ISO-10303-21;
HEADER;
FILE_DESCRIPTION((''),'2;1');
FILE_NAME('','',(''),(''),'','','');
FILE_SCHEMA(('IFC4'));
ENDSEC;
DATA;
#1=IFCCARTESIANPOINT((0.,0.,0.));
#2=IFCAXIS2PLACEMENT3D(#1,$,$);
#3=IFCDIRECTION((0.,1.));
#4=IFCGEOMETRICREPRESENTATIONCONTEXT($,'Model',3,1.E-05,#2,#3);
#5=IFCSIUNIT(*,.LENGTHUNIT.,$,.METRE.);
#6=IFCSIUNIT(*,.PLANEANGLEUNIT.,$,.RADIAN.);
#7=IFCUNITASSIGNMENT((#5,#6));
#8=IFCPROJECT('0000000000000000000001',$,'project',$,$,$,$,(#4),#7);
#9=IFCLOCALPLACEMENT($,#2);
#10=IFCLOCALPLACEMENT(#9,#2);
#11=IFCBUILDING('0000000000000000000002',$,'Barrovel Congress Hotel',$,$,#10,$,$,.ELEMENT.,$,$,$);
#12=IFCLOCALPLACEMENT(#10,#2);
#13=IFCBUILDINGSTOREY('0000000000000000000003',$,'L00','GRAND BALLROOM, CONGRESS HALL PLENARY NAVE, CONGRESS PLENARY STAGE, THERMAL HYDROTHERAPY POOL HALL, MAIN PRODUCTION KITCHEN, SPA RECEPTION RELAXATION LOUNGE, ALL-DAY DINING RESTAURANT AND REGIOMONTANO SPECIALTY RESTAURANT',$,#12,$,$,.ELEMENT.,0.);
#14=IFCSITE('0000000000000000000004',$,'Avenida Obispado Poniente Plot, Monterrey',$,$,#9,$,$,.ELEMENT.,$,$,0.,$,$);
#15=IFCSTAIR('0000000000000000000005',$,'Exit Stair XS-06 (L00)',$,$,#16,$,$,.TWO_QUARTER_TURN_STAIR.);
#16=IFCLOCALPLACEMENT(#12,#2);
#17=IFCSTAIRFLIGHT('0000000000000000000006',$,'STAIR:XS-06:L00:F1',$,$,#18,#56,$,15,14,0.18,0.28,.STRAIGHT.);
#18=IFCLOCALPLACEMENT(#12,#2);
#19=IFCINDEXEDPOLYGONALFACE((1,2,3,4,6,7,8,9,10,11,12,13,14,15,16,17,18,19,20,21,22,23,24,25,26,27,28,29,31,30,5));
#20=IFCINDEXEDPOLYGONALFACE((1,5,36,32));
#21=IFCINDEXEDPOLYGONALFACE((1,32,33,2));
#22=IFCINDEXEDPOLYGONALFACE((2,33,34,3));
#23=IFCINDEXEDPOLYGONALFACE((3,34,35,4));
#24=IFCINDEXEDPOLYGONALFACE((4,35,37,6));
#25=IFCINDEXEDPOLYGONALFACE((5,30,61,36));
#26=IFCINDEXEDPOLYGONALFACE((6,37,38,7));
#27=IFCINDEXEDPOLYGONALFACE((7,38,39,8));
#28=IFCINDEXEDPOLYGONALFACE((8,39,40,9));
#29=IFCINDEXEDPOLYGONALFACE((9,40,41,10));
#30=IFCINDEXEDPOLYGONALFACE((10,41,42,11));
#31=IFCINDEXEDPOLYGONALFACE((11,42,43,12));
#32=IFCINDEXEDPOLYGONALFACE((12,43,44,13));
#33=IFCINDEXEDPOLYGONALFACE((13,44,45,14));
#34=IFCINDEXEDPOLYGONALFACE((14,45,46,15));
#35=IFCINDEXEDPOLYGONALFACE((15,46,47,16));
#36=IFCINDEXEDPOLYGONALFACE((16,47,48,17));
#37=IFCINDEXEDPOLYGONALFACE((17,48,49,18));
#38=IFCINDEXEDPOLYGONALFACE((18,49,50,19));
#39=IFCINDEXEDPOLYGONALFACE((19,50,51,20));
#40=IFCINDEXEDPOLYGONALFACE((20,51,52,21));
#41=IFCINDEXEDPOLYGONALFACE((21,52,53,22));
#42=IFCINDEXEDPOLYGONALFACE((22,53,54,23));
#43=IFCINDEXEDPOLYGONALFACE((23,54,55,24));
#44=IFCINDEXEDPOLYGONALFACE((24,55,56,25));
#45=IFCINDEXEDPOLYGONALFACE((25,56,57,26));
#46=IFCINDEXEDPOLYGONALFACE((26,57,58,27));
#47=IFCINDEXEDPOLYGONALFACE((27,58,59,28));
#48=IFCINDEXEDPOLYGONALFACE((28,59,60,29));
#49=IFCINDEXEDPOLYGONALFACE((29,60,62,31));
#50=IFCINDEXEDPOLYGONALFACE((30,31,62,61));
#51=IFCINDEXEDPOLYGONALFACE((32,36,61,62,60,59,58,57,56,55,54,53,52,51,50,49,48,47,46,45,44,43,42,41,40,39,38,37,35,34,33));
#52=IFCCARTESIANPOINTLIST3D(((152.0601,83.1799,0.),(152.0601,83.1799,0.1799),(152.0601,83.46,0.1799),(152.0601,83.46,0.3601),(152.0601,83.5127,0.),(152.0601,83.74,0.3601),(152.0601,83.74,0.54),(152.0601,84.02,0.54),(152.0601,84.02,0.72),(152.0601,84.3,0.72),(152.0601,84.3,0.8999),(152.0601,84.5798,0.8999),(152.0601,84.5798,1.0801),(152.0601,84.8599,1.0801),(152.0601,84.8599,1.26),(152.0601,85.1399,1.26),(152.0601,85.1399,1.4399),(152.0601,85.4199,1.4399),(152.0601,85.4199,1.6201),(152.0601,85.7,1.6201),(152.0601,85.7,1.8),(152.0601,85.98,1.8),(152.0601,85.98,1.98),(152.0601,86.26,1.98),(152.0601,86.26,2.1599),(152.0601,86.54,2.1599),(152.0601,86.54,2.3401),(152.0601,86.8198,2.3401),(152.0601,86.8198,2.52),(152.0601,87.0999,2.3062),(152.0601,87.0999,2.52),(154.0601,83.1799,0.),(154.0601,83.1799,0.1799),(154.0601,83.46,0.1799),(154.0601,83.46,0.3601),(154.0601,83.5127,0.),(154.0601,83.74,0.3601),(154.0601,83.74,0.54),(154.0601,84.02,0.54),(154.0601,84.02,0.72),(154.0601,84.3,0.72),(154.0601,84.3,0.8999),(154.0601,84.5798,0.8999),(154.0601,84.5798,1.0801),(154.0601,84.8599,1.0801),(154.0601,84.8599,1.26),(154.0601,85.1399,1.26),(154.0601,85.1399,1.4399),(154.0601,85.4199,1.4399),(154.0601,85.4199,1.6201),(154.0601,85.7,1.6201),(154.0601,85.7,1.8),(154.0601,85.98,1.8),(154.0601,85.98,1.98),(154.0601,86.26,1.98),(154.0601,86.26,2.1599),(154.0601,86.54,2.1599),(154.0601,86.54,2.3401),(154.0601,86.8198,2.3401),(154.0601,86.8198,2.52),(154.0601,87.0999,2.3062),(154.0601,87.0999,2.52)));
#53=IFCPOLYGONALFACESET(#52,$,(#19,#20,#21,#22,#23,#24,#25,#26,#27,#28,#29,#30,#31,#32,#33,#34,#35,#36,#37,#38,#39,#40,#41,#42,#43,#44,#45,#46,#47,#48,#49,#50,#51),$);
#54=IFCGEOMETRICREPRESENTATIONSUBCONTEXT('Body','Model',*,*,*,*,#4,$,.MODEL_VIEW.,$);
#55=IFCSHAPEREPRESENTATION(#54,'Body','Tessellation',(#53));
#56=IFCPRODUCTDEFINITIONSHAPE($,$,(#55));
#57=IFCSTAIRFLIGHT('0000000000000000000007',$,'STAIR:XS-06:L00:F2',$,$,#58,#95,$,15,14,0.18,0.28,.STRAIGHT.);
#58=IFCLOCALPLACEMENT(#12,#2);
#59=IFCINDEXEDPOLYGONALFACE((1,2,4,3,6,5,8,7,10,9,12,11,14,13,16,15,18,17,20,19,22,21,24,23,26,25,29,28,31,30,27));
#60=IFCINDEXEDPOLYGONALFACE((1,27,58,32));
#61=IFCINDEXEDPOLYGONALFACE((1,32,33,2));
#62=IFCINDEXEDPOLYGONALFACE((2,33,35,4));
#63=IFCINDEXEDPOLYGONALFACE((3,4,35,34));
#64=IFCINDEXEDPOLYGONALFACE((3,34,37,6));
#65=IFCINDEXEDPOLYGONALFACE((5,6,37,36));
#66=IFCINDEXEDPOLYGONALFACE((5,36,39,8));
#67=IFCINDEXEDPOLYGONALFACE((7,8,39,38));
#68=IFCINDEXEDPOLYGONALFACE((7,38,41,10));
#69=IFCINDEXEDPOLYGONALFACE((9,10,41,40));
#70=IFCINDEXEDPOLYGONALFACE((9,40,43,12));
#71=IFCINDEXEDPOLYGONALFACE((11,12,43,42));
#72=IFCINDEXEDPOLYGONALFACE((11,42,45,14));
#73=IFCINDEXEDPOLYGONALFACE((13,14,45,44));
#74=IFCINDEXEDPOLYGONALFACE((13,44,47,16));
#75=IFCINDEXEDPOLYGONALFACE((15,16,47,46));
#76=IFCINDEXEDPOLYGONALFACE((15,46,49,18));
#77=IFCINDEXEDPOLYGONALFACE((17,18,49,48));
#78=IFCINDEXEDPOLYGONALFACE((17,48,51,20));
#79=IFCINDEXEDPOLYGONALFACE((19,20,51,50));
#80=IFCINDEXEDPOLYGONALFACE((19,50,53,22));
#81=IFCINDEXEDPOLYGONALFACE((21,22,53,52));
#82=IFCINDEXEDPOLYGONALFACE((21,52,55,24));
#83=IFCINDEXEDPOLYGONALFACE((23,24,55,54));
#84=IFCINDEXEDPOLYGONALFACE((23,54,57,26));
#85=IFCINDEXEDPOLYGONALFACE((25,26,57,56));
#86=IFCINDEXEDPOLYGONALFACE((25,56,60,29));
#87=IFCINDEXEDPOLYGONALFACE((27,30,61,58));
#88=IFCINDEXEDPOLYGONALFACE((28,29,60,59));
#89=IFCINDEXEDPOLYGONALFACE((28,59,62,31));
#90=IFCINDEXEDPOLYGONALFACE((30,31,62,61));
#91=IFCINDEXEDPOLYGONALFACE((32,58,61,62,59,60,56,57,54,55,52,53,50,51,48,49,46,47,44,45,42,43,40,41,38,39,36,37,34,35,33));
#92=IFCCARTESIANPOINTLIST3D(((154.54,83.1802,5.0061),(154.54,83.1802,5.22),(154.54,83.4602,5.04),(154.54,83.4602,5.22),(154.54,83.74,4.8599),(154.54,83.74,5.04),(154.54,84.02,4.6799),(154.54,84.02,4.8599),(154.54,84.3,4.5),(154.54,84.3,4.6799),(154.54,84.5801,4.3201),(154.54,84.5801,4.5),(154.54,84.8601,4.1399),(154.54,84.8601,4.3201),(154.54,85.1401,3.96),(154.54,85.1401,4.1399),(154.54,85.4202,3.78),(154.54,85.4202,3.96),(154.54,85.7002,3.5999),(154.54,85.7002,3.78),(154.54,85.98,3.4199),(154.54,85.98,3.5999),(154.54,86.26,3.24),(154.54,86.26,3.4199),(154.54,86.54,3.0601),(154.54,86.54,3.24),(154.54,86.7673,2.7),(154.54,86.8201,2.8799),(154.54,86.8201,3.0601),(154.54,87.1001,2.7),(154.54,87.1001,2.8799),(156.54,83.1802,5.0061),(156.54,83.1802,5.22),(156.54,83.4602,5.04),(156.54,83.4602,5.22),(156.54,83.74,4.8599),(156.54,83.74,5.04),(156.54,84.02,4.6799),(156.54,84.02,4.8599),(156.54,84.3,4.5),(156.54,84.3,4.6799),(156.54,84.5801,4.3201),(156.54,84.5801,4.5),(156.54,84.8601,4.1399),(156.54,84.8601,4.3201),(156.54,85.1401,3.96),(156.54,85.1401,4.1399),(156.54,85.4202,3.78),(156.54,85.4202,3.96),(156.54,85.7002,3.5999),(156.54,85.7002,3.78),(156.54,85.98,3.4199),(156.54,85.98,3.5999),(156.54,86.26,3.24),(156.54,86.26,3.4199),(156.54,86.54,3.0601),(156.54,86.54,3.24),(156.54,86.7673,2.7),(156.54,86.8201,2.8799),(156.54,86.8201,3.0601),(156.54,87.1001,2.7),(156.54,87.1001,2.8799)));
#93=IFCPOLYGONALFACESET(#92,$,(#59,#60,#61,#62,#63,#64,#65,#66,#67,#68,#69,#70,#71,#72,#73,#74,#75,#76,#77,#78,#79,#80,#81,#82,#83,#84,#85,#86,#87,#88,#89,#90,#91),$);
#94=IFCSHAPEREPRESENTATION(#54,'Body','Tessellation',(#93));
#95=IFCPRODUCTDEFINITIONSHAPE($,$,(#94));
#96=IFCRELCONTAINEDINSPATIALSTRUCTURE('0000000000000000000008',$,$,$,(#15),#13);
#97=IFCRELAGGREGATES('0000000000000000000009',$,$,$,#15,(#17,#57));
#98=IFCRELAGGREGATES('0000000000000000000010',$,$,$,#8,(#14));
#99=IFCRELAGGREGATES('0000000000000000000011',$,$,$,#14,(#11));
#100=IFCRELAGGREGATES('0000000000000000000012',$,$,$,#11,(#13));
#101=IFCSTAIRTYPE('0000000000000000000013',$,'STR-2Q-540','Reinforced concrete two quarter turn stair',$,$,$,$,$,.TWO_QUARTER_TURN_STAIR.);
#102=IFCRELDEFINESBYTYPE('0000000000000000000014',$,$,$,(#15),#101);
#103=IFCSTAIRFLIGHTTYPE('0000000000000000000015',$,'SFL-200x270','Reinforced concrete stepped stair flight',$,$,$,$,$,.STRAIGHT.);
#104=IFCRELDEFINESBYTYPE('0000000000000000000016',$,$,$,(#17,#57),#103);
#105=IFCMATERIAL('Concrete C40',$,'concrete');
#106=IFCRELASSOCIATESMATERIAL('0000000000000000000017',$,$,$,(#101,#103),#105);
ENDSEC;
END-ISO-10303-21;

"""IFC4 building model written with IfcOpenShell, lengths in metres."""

from ifc_helpers import new_model, si_unit, direction, frame, origin, place, context, subcontext, project, spatial, polyline, outline, extrude, material, type_object, element, aggregate, save


model = new_model("IFC4")

# Units and contexts
model_context = context("Model", 3, precision=1e-05, world=origin(), true_north=direction((0.0, 1.0)))
body_context = subcontext(model_context, "Body", "Model", "MODEL_VIEW")
ifc_project = project(units=[si_unit("LENGTHUNIT", "METRE"), si_unit("PLANEANGLEUNIT", "RADIAN")], contexts=[model_context])

# Site, building, storey
site_placement = place(None, origin())
site = spatial("IfcSite", under=ifc_project, at=site_placement, Name="Avenida Obispado Poniente Plot, Monterrey", CompositionType="ELEMENT", RefElevation=0.0)
building_placement = place(site_placement, origin())
building = spatial("IfcBuilding", under=site, at=building_placement, Name="Barrovel Congress Hotel", CompositionType="ELEMENT")
storey_placement = place(building_placement, origin())
storey = spatial("IfcBuildingStorey", under=building, at=storey_placement, Name="L00", Description="GRAND BALLROOM, CONGRESS HALL PLENARY NAVE, CONGRESS PLENARY STAGE, THERMAL HYDROTHERAPY POOL HALL, MAIN PRODUCTION KITCHEN, SPA RECEPTION RELAXATION LOUNGE, ALL-DAY DINING RESTAURANT AND REGIOMONTANO SPECIALTY RESTAURANT", CompositionType="ELEMENT", Elevation=0.0)

# Shared definitions
ifc_material_1 = material(Name="Concrete C40", Category="concrete")

# Stair, stair flights
stair_type = type_object("IfcStairType", Name="STR-2Q-540", Description="Reinforced concrete two quarter turn stair", PredefinedType="TWO_QUARTER_TURN_STAIR", material=ifc_material_1)
stair_placement = place(storey_placement, origin())
stair = element("IfcStair", 1, at=stair_placement, inside=storey, type_object=stair_type, Name="Exit Stair XS-06 (L00)", PredefinedType="TWO_QUARTER_TURN_STAIR")
stair_flight_type = type_object("IfcStairFlightType", Name="SFL-200x270", Description="Reinforced concrete stepped stair flight", PredefinedType="STRAIGHT", material=ifc_material_1)
stair_flight_1_placement = place(storey_placement, frame((153.0601, 83.1799, 0.0), z_axis=(0.0, 0.0, 1.0), x_axis=(0.0, 1.0, 0.0)))
stair_flight_1 = element("IfcStairFlight", 2, at=stair_flight_1_placement, type_object=stair_flight_type, Name="STAIR:XS-06:L00:F1", NumberOfRisers=15, NumberOfTreads=14, PredefinedType="STRAIGHT", RiserHeight=0.18, TreadLength=0.28, context=body_context, shape_type="SweptSolid", body=[
    extrude(outline(polyline([(0.0, 0.0), (0.0, 0.1799), (0.28, 0.1799), (0.28, 0.3601), (0.5601, 0.3601), (0.5601, 0.54), (0.8401, 0.54), (0.8401, 0.72), (1.1201, 0.72), (1.1201, 0.8999), (1.3999, 0.8999), (1.3999, 1.0801), (1.6799, 1.0801), (1.6799, 1.26), (1.96, 1.26), (1.96, 1.4399), (2.24, 1.4399), (2.24, 1.6201), (2.52, 1.6201), (2.52, 1.8), (2.8, 1.8), (2.8, 1.98), (3.0801, 1.98), (3.0801, 2.1599), (3.3601, 2.1599), (3.3601, 2.3401), (3.6399, 2.3401), (3.6399, 2.52), (3.9199, 2.52), (3.9199, 2.7), (3.9199, 2.3062), (0.3328, 0.0), (0.0, 0.0)])), frame((0.0, 1.0, 0.0), z_axis=(0.0, -1.0, 0.0), x_axis=(1.0, 0.0, 0.0)), (0.0, 0.0, 1.0), 2.0),
])
stair_flight_2_placement = place(storey_placement, frame((155.54, 87.1001, 2.7), z_axis=(0.0, 0.0, 1.0), x_axis=(0.0, -1.0, 0.0)))
stair_flight_2 = element("IfcStairFlight", 3, at=stair_flight_2_placement, type_object=stair_flight_type, Name="STAIR:XS-06:L00:F2", NumberOfRisers=15, NumberOfTreads=14, PredefinedType="STRAIGHT", RiserHeight=0.18, TreadLength=0.28, context=body_context, shape_type="SweptSolid", body=[
    extrude(outline(polyline([(0.0, 0.0), (0.0, 0.1799), (0.28, 0.1799), (0.28, 0.3601), (0.5601, 0.3601), (0.5601, 0.54), (0.8401, 0.54), (0.8401, 0.72), (1.1201, 0.72), (1.1201, 0.8999), (1.3999, 0.8999), (1.3999, 1.0801), (1.6799, 1.0801), (1.6799, 1.26), (1.96, 1.26), (1.96, 1.4399), (2.24, 1.4399), (2.24, 1.6201), (2.52, 1.6201), (2.52, 1.8), (2.8, 1.8), (2.8, 1.98), (3.0801, 1.98), (3.0801, 2.1599), (3.3601, 2.1599), (3.3601, 2.3401), (3.6399, 2.3401), (3.6399, 2.52), (3.9199, 2.52), (3.9199, 2.7), (3.9199, 2.3062), (0.3328, 0.0), (0.0, 0.0)])), frame((0.0, 1.0, 0.0), z_axis=(0.0, -1.0, 0.0), x_axis=(1.0, 0.0, 0.0)), (0.0, 0.0, 1.0), 2.0),
])
aggregate(stair, [stair_flight_1, stair_flight_2])

save(model, "model.ifc")
